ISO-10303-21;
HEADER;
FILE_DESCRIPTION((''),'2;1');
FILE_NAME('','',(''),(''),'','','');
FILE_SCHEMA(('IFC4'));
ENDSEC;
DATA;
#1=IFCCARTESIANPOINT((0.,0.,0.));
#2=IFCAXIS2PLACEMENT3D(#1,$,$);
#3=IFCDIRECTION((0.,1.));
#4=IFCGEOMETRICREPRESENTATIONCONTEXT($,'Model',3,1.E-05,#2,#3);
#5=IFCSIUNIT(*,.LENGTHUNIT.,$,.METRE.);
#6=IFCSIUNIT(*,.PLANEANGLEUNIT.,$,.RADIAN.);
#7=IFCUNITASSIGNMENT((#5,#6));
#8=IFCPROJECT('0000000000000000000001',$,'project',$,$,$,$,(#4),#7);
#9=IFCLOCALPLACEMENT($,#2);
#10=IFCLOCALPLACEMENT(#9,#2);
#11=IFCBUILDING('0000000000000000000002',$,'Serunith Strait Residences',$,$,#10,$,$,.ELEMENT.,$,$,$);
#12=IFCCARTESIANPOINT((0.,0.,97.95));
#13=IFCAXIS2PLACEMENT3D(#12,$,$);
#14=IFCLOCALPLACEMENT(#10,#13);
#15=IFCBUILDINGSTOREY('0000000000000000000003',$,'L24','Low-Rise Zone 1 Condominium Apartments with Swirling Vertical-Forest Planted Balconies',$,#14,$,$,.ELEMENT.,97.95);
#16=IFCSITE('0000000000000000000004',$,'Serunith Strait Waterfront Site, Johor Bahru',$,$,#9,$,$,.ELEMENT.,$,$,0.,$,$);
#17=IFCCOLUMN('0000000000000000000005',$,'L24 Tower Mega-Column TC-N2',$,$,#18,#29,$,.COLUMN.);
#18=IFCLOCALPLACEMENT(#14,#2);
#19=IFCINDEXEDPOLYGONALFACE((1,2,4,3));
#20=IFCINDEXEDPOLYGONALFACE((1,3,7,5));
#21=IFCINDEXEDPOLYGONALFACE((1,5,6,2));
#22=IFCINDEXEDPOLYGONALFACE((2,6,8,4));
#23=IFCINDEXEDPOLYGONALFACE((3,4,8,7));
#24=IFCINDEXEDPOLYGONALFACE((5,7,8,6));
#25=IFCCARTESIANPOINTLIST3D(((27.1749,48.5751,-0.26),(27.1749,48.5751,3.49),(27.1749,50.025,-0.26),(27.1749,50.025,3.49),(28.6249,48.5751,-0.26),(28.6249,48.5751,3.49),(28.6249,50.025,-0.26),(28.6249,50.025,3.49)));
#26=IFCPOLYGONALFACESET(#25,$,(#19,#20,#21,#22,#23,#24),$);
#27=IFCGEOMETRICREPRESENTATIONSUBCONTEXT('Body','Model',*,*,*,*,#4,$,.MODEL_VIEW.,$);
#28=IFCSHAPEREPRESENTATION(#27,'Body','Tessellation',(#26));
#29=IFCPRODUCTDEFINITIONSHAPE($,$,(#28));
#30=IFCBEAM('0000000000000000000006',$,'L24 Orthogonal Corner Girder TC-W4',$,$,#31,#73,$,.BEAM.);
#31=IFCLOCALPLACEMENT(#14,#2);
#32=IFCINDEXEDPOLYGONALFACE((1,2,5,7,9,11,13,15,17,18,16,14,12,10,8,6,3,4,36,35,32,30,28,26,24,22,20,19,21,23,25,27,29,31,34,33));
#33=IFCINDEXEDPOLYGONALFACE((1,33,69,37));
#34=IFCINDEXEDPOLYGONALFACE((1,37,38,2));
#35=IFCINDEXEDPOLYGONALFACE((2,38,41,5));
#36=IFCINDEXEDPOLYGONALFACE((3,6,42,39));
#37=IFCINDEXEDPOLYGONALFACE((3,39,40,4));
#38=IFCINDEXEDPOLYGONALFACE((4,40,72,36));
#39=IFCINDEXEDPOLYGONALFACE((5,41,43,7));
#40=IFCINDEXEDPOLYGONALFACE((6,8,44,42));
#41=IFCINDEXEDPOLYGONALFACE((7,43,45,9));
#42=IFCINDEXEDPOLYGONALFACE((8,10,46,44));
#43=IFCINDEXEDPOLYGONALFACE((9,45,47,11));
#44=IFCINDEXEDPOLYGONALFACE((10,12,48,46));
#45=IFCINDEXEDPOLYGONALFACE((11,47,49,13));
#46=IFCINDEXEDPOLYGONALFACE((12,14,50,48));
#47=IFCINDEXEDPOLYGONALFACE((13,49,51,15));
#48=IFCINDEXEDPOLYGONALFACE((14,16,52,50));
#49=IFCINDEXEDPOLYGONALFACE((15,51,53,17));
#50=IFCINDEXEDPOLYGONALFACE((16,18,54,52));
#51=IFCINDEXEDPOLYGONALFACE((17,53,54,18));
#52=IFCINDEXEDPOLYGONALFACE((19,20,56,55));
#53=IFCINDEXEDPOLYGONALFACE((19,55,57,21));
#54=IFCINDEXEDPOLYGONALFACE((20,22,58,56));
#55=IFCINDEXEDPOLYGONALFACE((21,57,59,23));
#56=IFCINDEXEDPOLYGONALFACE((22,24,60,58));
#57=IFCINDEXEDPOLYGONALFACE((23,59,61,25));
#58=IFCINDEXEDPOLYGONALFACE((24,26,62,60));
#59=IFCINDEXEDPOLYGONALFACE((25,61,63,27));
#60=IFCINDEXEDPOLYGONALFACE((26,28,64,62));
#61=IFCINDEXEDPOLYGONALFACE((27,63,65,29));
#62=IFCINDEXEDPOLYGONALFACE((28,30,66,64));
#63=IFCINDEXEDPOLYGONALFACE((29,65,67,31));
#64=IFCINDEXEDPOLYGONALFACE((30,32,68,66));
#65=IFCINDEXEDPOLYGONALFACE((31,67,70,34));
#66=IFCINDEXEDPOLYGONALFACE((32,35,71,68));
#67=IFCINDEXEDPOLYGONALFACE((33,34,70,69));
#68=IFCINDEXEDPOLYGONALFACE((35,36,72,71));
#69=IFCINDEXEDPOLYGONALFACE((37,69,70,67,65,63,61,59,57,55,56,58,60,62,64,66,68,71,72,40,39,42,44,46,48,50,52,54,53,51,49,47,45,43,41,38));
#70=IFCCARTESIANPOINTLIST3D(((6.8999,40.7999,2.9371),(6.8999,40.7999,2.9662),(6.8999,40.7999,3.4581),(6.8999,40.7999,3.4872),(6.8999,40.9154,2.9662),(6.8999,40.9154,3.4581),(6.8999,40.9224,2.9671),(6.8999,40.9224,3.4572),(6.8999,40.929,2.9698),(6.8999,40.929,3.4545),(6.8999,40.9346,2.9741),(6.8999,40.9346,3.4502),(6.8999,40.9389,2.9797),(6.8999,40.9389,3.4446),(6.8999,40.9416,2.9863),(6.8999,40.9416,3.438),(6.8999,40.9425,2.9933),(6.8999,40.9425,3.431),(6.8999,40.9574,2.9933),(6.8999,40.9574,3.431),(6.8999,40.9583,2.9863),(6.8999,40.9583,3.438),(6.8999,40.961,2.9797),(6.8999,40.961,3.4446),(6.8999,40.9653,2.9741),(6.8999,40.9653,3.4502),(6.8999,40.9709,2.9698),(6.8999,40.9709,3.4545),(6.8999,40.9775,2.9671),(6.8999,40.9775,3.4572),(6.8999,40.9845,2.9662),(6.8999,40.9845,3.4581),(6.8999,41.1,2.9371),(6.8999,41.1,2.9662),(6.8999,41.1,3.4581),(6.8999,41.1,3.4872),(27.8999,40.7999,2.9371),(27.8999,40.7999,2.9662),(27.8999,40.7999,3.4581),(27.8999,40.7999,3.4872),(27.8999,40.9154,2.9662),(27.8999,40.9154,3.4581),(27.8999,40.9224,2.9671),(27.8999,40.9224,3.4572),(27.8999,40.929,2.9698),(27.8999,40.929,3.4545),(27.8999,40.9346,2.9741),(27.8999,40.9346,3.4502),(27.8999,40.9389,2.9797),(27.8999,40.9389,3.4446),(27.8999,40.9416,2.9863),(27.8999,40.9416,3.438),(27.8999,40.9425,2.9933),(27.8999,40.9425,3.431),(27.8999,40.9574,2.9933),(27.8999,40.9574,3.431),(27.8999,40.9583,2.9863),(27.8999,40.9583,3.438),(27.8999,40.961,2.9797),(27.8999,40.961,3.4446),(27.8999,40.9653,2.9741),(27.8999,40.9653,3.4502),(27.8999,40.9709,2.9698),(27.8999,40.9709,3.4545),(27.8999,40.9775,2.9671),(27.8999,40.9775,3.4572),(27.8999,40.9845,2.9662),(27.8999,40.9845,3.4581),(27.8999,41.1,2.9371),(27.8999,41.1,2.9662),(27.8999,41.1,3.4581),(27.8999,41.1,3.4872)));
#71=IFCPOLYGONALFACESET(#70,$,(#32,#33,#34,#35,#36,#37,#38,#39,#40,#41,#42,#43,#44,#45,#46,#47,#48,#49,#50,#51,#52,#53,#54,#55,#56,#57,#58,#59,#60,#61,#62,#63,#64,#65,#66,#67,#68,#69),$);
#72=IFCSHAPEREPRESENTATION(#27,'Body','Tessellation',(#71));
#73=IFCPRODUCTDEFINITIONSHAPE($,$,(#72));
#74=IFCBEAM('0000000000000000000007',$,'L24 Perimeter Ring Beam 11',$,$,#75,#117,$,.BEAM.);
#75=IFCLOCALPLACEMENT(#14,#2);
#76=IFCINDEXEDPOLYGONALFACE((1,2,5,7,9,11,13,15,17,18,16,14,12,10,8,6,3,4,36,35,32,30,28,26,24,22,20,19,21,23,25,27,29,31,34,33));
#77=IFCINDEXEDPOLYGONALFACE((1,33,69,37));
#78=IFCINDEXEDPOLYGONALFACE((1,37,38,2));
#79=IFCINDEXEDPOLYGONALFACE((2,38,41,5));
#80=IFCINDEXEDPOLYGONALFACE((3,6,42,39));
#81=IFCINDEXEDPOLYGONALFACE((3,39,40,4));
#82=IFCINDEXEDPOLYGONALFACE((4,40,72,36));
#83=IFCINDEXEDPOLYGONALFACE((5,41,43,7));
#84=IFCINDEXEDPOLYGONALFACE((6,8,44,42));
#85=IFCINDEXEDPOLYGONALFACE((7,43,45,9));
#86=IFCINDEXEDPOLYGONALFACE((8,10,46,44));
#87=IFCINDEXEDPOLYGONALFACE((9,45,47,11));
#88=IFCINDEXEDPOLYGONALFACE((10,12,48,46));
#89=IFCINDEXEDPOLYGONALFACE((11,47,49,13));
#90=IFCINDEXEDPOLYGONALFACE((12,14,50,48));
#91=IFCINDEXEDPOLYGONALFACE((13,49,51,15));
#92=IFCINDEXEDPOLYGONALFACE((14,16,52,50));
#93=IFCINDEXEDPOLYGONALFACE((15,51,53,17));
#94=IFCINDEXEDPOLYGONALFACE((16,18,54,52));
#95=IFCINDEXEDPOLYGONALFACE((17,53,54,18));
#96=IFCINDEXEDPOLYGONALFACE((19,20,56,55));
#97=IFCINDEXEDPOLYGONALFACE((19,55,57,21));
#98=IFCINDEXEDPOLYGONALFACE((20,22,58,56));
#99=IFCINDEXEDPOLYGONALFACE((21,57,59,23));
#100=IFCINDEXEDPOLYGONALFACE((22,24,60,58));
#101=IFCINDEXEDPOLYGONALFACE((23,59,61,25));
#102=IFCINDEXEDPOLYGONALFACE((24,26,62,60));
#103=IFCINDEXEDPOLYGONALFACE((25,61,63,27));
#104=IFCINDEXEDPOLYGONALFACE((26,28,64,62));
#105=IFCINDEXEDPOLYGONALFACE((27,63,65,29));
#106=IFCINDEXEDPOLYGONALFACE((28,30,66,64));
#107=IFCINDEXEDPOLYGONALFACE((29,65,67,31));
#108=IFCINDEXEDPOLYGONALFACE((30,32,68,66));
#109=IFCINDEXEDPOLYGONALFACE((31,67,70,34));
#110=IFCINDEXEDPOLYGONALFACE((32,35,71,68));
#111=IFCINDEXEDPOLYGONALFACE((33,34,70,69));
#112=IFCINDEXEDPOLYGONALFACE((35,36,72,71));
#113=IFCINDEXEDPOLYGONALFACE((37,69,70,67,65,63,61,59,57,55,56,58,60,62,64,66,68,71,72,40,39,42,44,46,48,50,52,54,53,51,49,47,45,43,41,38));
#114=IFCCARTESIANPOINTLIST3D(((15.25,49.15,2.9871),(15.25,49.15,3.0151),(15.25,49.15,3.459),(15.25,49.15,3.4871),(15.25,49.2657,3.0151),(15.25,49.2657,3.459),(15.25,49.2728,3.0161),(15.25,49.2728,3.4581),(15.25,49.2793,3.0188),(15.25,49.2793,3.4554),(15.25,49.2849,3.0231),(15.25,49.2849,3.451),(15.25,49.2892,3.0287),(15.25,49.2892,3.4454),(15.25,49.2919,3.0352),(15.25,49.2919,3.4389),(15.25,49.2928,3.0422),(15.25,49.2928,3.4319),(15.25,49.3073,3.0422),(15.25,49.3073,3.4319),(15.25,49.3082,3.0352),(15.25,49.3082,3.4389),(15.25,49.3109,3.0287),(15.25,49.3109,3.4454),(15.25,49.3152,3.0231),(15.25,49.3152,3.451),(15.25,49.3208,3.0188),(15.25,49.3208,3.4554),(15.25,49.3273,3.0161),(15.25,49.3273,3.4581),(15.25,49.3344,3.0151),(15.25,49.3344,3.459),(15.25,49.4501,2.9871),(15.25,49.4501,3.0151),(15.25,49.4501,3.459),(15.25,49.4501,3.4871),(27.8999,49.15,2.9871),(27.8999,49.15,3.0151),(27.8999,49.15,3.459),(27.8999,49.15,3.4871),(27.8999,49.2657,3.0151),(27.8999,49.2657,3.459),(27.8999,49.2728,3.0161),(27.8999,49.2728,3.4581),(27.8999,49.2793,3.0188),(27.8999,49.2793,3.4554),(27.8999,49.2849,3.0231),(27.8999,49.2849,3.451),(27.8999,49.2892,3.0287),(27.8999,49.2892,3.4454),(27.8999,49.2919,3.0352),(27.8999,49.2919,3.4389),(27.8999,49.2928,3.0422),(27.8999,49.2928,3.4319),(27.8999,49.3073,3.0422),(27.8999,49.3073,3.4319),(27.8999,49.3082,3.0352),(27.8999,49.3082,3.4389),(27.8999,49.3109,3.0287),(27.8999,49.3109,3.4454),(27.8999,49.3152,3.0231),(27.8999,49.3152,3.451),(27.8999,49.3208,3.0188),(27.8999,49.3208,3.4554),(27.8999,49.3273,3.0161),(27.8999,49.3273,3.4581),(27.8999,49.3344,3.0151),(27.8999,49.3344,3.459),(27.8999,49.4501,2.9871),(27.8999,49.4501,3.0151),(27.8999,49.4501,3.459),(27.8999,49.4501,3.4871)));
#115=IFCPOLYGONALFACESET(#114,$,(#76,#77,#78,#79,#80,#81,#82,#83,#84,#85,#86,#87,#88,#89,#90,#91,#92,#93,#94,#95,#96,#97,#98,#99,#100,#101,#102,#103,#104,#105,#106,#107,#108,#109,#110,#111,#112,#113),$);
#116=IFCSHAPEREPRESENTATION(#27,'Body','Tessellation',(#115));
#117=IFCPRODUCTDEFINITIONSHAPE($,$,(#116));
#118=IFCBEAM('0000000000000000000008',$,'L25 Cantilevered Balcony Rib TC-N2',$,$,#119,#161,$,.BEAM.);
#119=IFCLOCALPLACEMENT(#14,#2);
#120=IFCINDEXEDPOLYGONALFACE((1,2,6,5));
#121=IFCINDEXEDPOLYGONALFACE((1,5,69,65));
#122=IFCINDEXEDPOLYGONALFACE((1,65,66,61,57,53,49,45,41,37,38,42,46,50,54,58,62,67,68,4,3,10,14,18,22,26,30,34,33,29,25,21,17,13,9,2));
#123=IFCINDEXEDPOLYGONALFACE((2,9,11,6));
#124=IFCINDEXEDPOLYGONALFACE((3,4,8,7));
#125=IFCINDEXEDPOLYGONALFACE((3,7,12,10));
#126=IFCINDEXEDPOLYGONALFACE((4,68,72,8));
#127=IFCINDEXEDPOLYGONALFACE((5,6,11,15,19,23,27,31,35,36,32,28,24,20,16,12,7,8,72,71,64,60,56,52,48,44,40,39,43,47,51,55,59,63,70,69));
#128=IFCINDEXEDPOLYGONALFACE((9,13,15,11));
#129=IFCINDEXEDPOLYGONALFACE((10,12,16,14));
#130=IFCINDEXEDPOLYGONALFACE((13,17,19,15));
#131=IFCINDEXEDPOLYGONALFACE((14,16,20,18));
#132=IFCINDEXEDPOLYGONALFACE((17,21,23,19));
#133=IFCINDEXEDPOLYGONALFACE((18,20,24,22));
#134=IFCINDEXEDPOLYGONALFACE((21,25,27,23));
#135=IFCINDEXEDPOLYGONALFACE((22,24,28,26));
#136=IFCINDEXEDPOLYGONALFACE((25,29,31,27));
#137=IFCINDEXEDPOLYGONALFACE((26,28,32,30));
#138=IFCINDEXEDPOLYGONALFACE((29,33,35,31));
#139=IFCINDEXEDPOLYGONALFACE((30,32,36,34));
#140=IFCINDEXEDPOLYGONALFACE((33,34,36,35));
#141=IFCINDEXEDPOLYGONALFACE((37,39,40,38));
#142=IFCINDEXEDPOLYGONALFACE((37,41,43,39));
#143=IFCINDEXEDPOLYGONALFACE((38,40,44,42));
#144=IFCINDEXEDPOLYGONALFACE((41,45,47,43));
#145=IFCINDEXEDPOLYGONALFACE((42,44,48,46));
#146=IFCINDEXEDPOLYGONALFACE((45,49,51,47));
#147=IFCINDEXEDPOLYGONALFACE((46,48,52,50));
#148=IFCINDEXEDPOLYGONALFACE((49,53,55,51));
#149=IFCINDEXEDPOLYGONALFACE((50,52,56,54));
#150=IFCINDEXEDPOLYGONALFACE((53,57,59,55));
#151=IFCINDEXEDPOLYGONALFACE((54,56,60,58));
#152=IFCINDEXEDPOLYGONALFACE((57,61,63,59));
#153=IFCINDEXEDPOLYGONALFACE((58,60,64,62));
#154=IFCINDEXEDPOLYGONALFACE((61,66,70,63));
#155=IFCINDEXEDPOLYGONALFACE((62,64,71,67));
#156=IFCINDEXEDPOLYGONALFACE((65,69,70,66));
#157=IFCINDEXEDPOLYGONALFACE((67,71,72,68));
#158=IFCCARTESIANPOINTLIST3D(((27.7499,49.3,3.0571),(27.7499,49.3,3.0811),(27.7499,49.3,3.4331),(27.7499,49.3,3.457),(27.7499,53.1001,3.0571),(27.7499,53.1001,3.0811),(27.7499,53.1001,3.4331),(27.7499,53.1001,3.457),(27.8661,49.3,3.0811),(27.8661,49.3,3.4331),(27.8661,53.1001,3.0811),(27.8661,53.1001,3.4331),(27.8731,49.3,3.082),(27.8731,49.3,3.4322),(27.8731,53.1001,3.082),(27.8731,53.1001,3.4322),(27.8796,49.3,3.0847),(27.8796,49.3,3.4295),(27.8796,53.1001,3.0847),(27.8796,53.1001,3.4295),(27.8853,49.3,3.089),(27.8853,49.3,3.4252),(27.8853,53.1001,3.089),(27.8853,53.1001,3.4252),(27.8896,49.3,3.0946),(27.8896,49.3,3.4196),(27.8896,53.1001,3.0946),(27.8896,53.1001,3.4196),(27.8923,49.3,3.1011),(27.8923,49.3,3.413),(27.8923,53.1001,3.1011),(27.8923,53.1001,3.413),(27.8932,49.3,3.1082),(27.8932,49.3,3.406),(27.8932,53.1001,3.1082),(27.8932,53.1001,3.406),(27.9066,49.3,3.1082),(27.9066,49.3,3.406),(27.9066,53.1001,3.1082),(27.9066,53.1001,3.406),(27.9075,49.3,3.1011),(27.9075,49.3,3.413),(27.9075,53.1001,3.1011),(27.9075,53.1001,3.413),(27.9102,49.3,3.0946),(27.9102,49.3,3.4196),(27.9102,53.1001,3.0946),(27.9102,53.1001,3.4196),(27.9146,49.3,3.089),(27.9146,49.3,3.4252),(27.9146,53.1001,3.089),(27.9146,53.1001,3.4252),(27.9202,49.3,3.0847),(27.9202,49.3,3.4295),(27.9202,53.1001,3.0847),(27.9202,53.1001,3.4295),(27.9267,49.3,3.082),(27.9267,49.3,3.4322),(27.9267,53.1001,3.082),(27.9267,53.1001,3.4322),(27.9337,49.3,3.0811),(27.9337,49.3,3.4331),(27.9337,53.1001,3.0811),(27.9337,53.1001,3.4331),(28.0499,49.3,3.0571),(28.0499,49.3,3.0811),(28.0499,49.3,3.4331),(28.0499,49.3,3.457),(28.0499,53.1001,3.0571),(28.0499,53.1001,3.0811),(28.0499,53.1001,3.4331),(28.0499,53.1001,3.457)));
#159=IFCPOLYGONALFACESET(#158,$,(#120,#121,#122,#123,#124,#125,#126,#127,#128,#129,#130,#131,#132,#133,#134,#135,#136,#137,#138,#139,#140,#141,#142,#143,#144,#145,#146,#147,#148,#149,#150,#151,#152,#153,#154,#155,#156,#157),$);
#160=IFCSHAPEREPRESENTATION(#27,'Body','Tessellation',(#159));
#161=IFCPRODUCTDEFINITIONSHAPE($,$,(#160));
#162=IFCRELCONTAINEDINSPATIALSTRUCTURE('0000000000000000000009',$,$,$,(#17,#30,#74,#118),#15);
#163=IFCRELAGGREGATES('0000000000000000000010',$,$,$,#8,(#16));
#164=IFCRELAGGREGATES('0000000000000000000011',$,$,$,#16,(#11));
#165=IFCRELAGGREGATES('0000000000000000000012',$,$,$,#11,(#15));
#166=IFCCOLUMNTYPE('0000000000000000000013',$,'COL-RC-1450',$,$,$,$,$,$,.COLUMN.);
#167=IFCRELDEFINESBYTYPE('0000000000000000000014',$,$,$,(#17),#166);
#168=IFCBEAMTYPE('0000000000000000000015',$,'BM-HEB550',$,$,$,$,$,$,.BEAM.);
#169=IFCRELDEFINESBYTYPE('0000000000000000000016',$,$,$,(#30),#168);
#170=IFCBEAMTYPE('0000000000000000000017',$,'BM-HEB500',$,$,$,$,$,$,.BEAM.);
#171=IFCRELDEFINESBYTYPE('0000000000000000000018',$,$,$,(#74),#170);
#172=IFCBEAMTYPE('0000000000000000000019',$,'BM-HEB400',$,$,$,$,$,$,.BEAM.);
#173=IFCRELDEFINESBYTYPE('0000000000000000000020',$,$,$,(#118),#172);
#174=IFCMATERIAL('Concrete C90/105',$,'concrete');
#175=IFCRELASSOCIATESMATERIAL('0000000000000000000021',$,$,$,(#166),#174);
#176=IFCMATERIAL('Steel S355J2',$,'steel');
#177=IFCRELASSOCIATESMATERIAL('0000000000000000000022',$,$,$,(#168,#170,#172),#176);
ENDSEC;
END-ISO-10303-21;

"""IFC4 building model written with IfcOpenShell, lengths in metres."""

from ifc_helpers import new_model, si_unit, direction, frame, origin, origin_2d, place, context, subcontext, project, spatial, rectangle, i_section, extrude, source, transform, mapped, material, material_profile, profile_set, type_object, element, save


model = new_model("IFC4")

# Units and contexts
model_context = context("Model", 3, precision=1e-05, world=origin(), true_north=direction((0.0, 1.0)))
body_context = subcontext(model_context, "Body", "Model", "MODEL_VIEW")
ifc_project = project(units=[si_unit("LENGTHUNIT", "METRE"), si_unit("PLANEANGLEUNIT", "RADIAN")], contexts=[model_context])

# Site, building, storey
site_placement = place(None, origin())
site = spatial("IfcSite", under=ifc_project, at=site_placement, Name="Serunith Strait Waterfront Site, Johor Bahru", CompositionType="ELEMENT", RefElevation=0.0)
building_placement = place(site_placement, origin())
building = spatial("IfcBuilding", under=site, at=building_placement, Name="Serunith Strait Residences", CompositionType="ELEMENT")
storey_placement = place(building_placement, frame((0.0, 0.0, 97.95)))
storey = spatial("IfcBuildingStorey", under=building, at=storey_placement, Name="L24", Description="Low-Rise Zone 1 Condominium Apartments with Swirling Vertical-Forest Planted Balconies", CompositionType="ELEMENT", Elevation=97.95)

# Column
ifc_material_1 = material(Name="Concrete C90/105", Category="concrete")
ifc_material_profile_1 = material_profile(ifc_material_1, rectangle(XDim=1.45, YDim=1.45, at=origin_2d()), Name="RC 1450x1450")
ifc_profile_set_1 = profile_set([ifc_material_profile_1], Name="Concrete C90/105")
column_type = type_object("IfcColumnType", Name="COL-RC-1450", PredefinedType="COLUMN", material=ifc_profile_set_1)
shared_shape_1 = source(origin(), body_context, "Body", "SweptSolid", [
    extrude(rectangle(XDim=1.45, YDim=1.45, at=origin_2d()), origin(), (0.0, 0.0, 1.0), 3.75),
])
column_placement = place(storey_placement, frame((27.8999, 49.3, -0.26), z_axis=(0.0, 0.0, 1.0), x_axis=(1.0, 0.0, 0.0)))
element("IfcColumn", 1, at=column_placement, inside=storey, type_object=column_type, Name="L24 Tower Mega-Column TC-N2", PredefinedType="COLUMN", context=body_context, shape_type="MappedRepresentation", body=[
    mapped(shared_shape_1, transform((0.0, 0.0, 0.0), scale=1.0)),
])

# Beams
ifc_material_2 = material(Name="Steel S355J2", Category="steel")
ifc_material_profile_2 = material_profile(ifc_material_2, i_section(OverallWidth=0.3, OverallDepth=0.55, WebThickness=0.0149, FlangeThickness=0.0291, FilletRadius=0.0271, at=origin_2d()), Name="HEB 550")
ifc_profile_set_2 = profile_set([ifc_material_profile_2], Name="Steel S355J2")
beam_type_1 = type_object("IfcBeamType", Name="BM-HEB550", PredefinedType="BEAM", material=ifc_profile_set_2)
shared_shape_2 = source(origin(), body_context, "Body", "SweptSolid", [
    extrude(i_section(OverallWidth=0.3, OverallDepth=0.55, WebThickness=0.0149, FlangeThickness=0.0291, FilletRadius=0.0271, at=origin_2d()), origin(), (0.0, 0.0, 1.0), 21.0),
])
beam_1_placement = place(storey_placement, frame((27.8999, 40.95, 3.2122), z_axis=(-1.0, 0.0, 0.0), x_axis=(0.0, -1.0, 0.0)))
element("IfcBeam", 2, at=beam_1_placement, inside=storey, type_object=beam_type_1, Name="L24 Orthogonal Corner Girder TC-W4", PredefinedType="BEAM", context=body_context, shape_type="MappedRepresentation", body=[
    mapped(shared_shape_2, transform((0.0, 0.0, 0.0), scale=1.0)),
])
ifc_material_profile_3 = material_profile(ifc_material_2, i_section(OverallWidth=0.3, OverallDepth=0.5, WebThickness=0.0144, FlangeThickness=0.0281, FilletRadius=0.0271, at=origin_2d()), Name="HEB 500")
ifc_profile_set_3 = profile_set([ifc_material_profile_3], Name="Steel S355J2")
beam_type_2 = type_object("IfcBeamType", Name="BM-HEB500", PredefinedType="BEAM", material=ifc_profile_set_3)
shared_shape_3 = source(origin(), body_context, "Body", "SweptSolid", [
    extrude(i_section(OverallWidth=0.3, OverallDepth=0.5, WebThickness=0.0144, FlangeThickness=0.0281, FilletRadius=0.0271, at=origin_2d()), origin(), (0.0, 0.0, 1.0), 12.6499),
])
beam_2_placement = place(storey_placement, frame((27.8999, 49.3, 3.2371), z_axis=(-1.0, 0.0, 0.0), x_axis=(0.0, -1.0, 0.0)))
element("IfcBeam", 3, at=beam_2_placement, inside=storey, type_object=beam_type_2, Name="L24 Perimeter Ring Beam 11", PredefinedType="BEAM", context=body_context, shape_type="MappedRepresentation", body=[
    mapped(shared_shape_3, transform((0.0, 0.0, 0.0), scale=1.0)),
])
ifc_material_profile_4 = material_profile(ifc_material_2, i_section(OverallWidth=0.3, OverallDepth=0.3999, WebThickness=0.0134, FlangeThickness=0.0239, FilletRadius=0.0271, at=origin_2d()), Name="HEB 400")
ifc_profile_set_4 = profile_set([ifc_material_profile_4], Name="Steel S355J2")
beam_type_3 = type_object("IfcBeamType", Name="BM-HEB400", PredefinedType="BEAM", material=ifc_profile_set_4)
shared_shape_4 = source(origin(), body_context, "Body", "SweptSolid", [
    extrude(i_section(OverallWidth=0.3, OverallDepth=0.3999, WebThickness=0.0134, FlangeThickness=0.0239, FilletRadius=0.0271, at=origin_2d()), origin(), (0.0, 0.0, 1.0), 3.8),
])
beam_3_placement = place(storey_placement, frame((27.8999, 49.3, 3.2571), z_axis=(0.0, 1.0, 0.0), x_axis=(-1.0, 0.0, 0.0)))
element("IfcBeam", 4, at=beam_3_placement, inside=storey, type_object=beam_type_3, Name="L25 Cantilevered Balcony Rib TC-N2", PredefinedType="BEAM", context=body_context, shape_type="MappedRepresentation", body=[
    mapped(shared_shape_4, transform((0.0, 0.0, 0.0), scale=1.0)),
])

save(model, "model.ifc")
